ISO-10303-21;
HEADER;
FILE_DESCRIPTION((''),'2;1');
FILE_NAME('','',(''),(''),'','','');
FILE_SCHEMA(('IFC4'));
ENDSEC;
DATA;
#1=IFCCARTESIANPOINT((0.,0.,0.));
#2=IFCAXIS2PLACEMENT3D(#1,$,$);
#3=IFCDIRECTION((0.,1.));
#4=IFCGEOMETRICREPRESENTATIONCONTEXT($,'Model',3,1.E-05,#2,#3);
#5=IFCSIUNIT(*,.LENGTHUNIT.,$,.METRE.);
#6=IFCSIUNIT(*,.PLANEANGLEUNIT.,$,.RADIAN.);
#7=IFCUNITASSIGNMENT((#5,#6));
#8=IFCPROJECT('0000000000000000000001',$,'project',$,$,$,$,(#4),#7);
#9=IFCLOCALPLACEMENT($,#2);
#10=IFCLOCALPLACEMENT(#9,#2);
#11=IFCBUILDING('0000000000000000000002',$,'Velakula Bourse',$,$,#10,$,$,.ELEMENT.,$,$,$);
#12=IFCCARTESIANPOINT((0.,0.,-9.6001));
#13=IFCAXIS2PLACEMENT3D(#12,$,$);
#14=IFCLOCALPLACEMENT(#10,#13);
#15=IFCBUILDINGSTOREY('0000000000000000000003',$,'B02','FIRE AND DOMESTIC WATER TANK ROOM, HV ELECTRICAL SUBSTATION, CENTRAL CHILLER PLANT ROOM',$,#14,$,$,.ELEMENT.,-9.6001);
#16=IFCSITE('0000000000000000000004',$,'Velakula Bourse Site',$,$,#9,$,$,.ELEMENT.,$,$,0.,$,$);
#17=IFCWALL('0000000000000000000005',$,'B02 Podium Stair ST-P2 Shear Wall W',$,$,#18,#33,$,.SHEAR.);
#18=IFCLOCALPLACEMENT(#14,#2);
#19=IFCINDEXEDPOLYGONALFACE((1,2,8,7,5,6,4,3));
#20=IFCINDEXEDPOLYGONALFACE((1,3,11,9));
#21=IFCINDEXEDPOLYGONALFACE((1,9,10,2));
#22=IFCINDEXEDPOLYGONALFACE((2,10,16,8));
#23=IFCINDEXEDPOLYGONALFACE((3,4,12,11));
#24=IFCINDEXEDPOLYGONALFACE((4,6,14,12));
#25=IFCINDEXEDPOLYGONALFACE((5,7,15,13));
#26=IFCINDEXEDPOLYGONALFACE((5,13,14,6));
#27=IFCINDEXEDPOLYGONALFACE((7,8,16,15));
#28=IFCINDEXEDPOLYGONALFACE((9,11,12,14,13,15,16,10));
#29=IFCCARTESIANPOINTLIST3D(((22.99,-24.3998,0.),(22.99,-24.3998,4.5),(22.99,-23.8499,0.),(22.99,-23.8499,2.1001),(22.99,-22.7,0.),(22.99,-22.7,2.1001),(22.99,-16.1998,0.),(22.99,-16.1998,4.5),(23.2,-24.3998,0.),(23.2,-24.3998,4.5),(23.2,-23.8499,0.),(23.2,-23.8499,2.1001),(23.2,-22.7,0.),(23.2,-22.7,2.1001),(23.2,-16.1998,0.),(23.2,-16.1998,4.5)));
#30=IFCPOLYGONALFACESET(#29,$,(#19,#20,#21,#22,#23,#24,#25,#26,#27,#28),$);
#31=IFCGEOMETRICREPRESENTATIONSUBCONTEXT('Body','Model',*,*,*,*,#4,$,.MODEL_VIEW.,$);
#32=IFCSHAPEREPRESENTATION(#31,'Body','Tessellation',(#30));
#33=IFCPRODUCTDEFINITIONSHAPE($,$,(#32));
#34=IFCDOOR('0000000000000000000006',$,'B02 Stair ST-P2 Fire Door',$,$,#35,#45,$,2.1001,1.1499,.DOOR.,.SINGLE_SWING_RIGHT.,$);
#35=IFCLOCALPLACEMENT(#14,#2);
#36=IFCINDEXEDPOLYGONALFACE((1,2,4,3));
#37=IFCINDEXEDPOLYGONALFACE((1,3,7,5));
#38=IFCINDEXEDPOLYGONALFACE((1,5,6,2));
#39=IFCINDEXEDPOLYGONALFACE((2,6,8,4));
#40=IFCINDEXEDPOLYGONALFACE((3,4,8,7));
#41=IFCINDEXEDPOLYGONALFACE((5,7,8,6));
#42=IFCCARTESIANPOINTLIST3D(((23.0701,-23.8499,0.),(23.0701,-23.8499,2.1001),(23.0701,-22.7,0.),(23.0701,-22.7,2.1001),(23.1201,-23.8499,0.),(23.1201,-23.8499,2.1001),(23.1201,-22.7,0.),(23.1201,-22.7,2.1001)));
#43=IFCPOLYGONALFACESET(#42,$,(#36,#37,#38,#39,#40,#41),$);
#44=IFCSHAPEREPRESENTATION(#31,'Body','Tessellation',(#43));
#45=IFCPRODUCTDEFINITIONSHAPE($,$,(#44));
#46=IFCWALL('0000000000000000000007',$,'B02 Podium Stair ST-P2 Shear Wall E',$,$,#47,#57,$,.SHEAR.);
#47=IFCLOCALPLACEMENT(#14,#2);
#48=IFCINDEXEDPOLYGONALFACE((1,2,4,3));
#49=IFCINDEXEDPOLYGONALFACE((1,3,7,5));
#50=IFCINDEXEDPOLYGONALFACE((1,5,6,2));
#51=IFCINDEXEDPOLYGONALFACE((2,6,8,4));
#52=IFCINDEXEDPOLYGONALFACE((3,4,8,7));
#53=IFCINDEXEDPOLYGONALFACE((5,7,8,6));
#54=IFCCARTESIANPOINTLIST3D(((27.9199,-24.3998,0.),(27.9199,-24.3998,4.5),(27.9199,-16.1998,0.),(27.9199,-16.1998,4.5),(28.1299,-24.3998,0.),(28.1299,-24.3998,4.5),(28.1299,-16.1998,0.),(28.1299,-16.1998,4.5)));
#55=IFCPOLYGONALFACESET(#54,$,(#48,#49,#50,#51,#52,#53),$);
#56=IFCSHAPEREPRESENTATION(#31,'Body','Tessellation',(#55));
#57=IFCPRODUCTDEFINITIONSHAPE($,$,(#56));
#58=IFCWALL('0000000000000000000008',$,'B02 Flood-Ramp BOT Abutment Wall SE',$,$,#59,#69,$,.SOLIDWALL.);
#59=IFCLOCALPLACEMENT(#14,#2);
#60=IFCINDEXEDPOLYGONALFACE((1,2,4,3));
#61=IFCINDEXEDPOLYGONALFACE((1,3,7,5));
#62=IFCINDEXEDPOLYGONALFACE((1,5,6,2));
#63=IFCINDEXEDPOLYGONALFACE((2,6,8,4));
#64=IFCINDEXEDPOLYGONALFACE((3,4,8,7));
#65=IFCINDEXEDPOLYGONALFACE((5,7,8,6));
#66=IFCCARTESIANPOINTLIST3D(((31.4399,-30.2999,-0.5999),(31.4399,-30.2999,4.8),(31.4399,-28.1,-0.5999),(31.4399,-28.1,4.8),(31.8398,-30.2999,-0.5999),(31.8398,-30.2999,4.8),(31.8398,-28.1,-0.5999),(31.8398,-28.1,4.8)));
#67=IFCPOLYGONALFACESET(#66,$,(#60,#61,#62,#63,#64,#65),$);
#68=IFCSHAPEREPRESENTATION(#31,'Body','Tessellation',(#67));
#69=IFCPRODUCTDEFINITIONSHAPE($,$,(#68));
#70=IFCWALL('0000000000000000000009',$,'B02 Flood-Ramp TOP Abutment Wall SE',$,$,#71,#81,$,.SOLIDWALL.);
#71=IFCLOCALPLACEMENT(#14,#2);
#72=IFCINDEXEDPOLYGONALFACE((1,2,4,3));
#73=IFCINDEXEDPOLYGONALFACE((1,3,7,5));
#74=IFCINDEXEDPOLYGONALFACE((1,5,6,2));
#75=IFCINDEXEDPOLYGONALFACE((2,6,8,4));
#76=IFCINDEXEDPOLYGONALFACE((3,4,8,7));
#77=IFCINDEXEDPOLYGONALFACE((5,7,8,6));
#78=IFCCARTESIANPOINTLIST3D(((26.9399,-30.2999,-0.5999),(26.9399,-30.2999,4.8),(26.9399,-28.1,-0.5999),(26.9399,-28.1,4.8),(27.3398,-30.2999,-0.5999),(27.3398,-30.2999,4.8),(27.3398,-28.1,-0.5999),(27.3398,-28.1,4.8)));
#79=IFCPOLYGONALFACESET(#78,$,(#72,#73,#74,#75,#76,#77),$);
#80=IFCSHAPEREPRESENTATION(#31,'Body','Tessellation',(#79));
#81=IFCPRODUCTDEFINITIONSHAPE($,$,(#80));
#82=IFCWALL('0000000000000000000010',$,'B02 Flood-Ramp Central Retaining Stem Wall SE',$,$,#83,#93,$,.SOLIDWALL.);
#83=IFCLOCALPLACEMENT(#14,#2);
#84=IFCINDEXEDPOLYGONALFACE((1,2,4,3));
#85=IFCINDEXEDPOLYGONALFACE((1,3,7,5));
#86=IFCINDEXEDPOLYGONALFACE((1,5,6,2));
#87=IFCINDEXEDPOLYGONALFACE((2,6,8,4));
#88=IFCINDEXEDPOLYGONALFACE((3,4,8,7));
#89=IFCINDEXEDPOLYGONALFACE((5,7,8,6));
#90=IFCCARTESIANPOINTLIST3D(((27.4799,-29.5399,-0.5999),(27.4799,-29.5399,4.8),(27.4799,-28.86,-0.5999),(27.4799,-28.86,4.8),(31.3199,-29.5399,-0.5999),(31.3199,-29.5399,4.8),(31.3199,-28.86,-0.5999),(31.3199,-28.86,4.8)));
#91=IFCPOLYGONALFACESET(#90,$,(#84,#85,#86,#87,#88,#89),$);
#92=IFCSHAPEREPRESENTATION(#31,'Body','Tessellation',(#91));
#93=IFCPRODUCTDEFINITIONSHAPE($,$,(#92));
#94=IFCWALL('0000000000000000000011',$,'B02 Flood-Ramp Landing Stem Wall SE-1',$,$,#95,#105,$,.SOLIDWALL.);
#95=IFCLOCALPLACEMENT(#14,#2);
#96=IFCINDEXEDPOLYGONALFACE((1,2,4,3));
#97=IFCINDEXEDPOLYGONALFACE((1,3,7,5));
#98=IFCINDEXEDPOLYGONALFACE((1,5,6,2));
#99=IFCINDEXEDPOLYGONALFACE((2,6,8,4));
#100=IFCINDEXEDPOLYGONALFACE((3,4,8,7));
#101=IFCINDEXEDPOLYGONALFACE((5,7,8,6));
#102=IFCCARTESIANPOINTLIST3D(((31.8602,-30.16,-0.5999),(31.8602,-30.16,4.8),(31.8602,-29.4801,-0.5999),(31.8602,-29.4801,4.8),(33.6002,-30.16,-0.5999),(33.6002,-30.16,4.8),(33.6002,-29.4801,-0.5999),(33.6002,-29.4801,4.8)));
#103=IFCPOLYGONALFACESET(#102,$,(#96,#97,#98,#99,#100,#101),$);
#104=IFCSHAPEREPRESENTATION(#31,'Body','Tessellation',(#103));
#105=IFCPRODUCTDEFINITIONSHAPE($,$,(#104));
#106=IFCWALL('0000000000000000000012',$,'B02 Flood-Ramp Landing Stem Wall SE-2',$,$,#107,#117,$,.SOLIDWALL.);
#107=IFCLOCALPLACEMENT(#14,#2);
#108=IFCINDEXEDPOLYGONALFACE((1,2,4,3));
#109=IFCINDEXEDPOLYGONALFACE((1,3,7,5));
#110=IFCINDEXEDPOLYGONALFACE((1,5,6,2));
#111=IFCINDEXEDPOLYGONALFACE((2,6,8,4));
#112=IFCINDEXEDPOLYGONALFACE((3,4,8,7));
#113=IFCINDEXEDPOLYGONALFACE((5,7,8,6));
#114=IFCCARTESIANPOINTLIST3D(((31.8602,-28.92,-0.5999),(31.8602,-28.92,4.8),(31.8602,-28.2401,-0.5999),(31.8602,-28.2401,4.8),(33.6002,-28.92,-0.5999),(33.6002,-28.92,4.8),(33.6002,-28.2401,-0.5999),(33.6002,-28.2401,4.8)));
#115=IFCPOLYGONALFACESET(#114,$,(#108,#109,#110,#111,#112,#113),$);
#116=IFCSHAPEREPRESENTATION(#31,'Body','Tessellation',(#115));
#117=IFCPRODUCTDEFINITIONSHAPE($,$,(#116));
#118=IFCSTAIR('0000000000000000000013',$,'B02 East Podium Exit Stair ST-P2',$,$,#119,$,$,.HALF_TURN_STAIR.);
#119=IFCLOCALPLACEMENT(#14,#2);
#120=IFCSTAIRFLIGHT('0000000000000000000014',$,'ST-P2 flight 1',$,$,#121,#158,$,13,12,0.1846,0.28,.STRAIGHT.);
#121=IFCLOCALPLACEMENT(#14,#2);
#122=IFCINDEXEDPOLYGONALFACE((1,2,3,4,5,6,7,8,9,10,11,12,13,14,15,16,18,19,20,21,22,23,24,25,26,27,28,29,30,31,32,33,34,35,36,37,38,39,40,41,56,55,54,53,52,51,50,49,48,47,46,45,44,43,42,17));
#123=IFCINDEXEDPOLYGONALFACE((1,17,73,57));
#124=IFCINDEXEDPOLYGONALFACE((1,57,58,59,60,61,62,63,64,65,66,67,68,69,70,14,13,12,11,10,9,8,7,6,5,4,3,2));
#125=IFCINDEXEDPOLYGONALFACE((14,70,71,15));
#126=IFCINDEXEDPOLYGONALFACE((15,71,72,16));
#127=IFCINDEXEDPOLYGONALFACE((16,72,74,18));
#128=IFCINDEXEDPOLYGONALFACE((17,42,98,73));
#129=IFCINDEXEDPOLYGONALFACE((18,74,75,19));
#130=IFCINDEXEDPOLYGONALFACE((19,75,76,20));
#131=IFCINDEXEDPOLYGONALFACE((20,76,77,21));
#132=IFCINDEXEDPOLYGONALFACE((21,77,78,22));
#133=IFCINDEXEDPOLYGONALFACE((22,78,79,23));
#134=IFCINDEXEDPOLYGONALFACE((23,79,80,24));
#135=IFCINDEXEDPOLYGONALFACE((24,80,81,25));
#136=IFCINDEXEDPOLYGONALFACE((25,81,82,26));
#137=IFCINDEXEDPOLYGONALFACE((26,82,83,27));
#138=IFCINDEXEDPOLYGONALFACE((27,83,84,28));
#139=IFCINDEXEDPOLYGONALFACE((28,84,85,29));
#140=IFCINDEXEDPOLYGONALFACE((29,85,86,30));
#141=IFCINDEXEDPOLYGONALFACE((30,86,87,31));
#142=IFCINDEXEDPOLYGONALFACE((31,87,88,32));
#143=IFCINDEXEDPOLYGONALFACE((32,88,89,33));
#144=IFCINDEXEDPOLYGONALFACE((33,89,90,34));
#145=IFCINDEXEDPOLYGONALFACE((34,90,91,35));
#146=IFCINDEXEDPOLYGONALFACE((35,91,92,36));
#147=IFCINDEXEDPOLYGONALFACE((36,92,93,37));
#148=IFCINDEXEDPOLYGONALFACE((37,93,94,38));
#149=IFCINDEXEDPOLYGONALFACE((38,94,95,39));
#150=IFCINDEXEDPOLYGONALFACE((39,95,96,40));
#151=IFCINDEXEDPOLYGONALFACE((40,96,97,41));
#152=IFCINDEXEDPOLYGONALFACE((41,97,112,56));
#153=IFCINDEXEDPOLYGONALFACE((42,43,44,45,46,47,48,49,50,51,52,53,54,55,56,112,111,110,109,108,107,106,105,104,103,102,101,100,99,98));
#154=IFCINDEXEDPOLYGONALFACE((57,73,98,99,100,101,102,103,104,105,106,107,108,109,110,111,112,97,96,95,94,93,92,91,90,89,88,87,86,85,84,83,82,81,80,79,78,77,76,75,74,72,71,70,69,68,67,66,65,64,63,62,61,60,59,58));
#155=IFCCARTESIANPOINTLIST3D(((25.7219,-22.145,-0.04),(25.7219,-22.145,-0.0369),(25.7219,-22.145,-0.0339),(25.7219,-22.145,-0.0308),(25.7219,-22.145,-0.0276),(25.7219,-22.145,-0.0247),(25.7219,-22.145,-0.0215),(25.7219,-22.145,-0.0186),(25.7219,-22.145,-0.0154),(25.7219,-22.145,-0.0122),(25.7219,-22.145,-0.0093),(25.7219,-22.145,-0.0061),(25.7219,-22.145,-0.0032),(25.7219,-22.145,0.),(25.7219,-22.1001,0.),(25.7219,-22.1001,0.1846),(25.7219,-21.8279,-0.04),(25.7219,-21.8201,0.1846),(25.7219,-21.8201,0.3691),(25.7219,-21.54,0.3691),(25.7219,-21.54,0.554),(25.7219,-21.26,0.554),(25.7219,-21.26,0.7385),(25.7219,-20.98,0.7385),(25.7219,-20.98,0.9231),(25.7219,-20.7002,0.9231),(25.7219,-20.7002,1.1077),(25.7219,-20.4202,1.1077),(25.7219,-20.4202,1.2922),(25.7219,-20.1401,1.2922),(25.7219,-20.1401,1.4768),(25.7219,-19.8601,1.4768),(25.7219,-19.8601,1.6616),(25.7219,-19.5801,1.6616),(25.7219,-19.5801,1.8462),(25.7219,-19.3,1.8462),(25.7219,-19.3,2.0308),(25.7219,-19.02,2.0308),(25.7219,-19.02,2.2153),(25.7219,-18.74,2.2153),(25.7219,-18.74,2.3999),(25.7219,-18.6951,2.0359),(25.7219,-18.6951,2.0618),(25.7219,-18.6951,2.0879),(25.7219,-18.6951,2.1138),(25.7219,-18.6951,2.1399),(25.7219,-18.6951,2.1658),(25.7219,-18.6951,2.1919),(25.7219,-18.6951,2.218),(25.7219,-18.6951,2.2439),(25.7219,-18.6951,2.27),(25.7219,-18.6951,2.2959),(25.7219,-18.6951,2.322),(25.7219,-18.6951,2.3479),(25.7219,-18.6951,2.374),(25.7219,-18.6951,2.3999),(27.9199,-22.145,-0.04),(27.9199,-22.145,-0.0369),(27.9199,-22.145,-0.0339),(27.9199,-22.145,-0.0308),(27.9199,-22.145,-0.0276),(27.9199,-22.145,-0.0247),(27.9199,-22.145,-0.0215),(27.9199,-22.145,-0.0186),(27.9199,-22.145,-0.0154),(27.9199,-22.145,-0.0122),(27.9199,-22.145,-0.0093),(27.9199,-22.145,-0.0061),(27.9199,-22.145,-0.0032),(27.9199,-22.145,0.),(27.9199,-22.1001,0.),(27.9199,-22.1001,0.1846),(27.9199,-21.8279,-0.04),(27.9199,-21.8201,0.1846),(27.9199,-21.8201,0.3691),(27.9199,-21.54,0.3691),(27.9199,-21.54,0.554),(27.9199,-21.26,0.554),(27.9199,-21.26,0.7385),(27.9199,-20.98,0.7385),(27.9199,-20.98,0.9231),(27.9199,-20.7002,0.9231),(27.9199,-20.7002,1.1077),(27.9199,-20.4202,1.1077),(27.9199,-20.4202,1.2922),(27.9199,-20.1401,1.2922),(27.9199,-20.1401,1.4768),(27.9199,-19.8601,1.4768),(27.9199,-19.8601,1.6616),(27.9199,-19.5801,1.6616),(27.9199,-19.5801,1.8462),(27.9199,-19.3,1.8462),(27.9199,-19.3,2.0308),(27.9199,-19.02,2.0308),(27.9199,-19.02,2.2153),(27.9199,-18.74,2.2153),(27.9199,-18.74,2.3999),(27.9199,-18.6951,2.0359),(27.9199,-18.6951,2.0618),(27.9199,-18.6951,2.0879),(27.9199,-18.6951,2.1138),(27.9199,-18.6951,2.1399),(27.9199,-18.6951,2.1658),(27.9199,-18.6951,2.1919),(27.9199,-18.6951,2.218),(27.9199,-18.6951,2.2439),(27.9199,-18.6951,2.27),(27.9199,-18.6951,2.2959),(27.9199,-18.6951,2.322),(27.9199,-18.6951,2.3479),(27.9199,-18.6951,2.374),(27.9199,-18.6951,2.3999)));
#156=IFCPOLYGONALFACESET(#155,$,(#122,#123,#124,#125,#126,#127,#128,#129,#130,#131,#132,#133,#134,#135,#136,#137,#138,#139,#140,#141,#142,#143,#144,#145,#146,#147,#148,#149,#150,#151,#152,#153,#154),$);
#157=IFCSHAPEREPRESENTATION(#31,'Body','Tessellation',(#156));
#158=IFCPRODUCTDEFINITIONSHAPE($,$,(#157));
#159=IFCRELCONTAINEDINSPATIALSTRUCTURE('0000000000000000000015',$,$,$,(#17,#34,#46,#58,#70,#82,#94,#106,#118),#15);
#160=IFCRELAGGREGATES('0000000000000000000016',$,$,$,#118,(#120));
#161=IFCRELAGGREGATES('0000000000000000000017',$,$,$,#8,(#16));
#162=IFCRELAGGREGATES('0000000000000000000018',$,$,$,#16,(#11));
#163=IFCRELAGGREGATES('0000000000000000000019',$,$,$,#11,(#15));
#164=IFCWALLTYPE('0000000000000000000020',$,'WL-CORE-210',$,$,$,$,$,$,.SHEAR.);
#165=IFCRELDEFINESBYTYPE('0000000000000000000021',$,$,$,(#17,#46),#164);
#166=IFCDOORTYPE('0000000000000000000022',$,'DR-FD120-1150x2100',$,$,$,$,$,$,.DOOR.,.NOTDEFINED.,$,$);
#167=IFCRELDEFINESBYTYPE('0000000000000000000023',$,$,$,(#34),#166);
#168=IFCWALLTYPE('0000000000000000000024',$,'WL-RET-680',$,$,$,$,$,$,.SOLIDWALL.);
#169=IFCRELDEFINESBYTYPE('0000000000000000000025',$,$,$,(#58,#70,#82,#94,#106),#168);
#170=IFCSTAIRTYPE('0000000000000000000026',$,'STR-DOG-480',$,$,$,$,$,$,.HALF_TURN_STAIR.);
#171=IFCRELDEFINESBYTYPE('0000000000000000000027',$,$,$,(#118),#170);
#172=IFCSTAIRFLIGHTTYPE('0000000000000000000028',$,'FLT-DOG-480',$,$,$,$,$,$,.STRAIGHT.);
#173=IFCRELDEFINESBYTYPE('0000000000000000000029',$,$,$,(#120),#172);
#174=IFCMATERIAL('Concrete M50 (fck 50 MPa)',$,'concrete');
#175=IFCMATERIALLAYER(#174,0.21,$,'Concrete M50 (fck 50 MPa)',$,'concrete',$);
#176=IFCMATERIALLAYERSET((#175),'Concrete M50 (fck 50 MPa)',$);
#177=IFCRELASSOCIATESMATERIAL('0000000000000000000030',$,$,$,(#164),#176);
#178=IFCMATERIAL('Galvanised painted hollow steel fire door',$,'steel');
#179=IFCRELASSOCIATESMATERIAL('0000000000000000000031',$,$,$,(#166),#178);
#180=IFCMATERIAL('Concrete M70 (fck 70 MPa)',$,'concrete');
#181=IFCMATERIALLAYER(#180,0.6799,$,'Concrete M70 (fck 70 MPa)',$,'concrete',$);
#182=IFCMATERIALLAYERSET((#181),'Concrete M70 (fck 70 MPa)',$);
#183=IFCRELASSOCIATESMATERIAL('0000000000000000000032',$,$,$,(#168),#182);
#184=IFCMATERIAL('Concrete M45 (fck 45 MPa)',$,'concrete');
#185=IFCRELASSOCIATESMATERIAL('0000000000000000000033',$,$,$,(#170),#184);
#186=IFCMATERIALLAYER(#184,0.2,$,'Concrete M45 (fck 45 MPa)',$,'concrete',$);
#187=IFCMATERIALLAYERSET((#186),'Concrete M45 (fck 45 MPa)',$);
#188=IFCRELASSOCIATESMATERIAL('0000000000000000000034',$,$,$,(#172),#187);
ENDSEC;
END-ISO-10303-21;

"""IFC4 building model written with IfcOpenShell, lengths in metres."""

from ifc_helpers import new_model, si_unit, direction, frame, frame_2d, origin, place, context, subcontext, project, spatial, polyline, rectangle, outline, extrude, material, layer, layer_set, type_object, element, fill, aggregate, save


model = new_model("IFC4")

# Units and contexts
model_context = context("Model", 3, precision=1e-05, world=origin(), true_north=direction((0.0, 1.0)))
body_context = subcontext(model_context, "Body", "Model", "MODEL_VIEW")
ifc_project = project(units=[si_unit("LENGTHUNIT", "METRE"), si_unit("PLANEANGLEUNIT", "RADIAN")], contexts=[model_context])

# Site, building, storey
site_placement = place(None, origin())
site = spatial("IfcSite", under=ifc_project, at=site_placement, Name="Velakula Bourse Site", CompositionType="ELEMENT", RefElevation=0.0)
building_placement = place(site_placement, origin())
building = spatial("IfcBuilding", under=site, at=building_placement, Name="Velakula Bourse", CompositionType="ELEMENT")
storey_placement = place(building_placement, frame((0.0, 0.0, -9.6001)))
storey = spatial("IfcBuildingStorey", under=building, at=storey_placement, Name="B02", Description="FIRE AND DOMESTIC WATER TANK ROOM, HV ELECTRICAL SUBSTATION, CENTRAL CHILLER PLANT ROOM", CompositionType="ELEMENT", Elevation=-9.6001)

# Shared definitions
ifc_material_1 = material(Name="Concrete M50 (fck 50 MPa)", Category="concrete")

# Shared definitions
ifc_material_2 = material(Name="Concrete M70 (fck 70 MPa)", Category="concrete")

# Shared definitions
ifc_layer_1 = layer(ifc_material_1, 0.21, Name="Concrete M50 (fck 50 MPa)", Category="concrete")
ifc_layer_set_1 = layer_set([ifc_layer_1], Name="Concrete M50 (fck 50 MPa)")
wall_type_1 = type_object("IfcWallType", Name="WL-CORE-210", PredefinedType="SHEAR", material=ifc_layer_set_1)

# Wall, opening, door
wall_1_placement = place(storey_placement, frame((23.095, -24.3999, 0.0), z_axis=(0.0, 0.0, 1.0), x_axis=(0.0, 1.0, 0.0)))
wall_1 = element("IfcWall", 1, at=wall_1_placement, inside=storey, type_object=wall_type_1, Name="B02 Podium Stair ST-P2 Shear Wall W", PredefinedType="SHEAR", context=body_context, shape_type="SweptSolid", body=[
    extrude(rectangle(XDim=8.2, YDim=0.21, at=frame_2d((4.1001, 0.0))), origin(), (0.0, 0.0, 1.0), 4.5),
])
opening_placement = place(wall_1_placement, frame((0.55, 0.0, 0.0)))
opening = element("IfcOpeningElement", 2, at=opening_placement, cuts=wall_1, PredefinedType="OPENING", context=body_context, shape_type="SweptSolid", body=[
    extrude(rectangle(XDim=1.1499, YDim=2.1001, at=frame_2d((0.575, 1.05))), frame((0.0, 0.115, 0.0), z_axis=(0.0, -1.0, 0.0), x_axis=(1.0, 0.0, 0.0)), (0.0, 0.0, 1.0), 0.23),
])
ifc_material_3 = material(Name="Galvanised painted hollow steel fire door", Category="steel")
door_type = type_object("IfcDoorType", Name="DR-FD120-1150x2100", OperationType="NOTDEFINED", PredefinedType="DOOR", material=ifc_material_3)
door_placement = place(opening_placement, origin())
door = element("IfcDoor", 3, at=door_placement, inside=storey, type_object=door_type, Name="B02 Stair ST-P2 Fire Door", OperationType="SINGLE_SWING_RIGHT", OverallHeight=2.1001, OverallWidth=1.1499, PredefinedType="DOOR", context=body_context, shape_type="SweptSolid", body=[
    extrude(rectangle(XDim=1.1499, YDim=2.1001, at=frame_2d((0.575, 1.05))), frame((0.0, 0.0249, 0.0), z_axis=(0.0, -1.0, 0.0), x_axis=(1.0, 0.0, 0.0)), (0.0, 0.0, 1.0), 0.05),
])
fill(opening, door)

# Walls
wall_2_placement = place(storey_placement, frame((28.0249, -24.3999, 0.0), z_axis=(0.0, 0.0, 1.0), x_axis=(0.0, 1.0, 0.0)))
element("IfcWall", 4, at=wall_2_placement, inside=storey, type_object=wall_type_1, Name="B02 Podium Stair ST-P2 Shear Wall E", PredefinedType="SHEAR", context=body_context, shape_type="SweptSolid", body=[
    extrude(rectangle(XDim=8.2, YDim=0.21, at=frame_2d((4.1001, 0.0))), origin(), (0.0, 0.0, 1.0), 4.5),
])
ifc_layer_2 = layer(ifc_material_2, 0.6799, Name="Concrete M70 (fck 70 MPa)", Category="concrete")
ifc_layer_set_2 = layer_set([ifc_layer_2], Name="Concrete M70 (fck 70 MPa)")
wall_type_2 = type_object("IfcWallType", Name="WL-RET-680", PredefinedType="SOLIDWALL", material=ifc_layer_set_2)
for number, where, z_axis, x_axis, name in (
    (5, (31.6399, -30.3, -0.5999), (0.0, 0.0, 1.0), (0.0, 1.0, 0.0), "B02 Flood-Ramp BOT Abutment Wall SE"),
    (6, (27.1399, -30.3, -0.5999), (0.0, 0.0, 1.0), (0.0, 1.0, 0.0), "B02 Flood-Ramp TOP Abutment Wall SE"),
):
    element("IfcWall", number, at=place(storey_placement, frame(where, z_axis=z_axis, x_axis=x_axis)), inside=storey, type_object=wall_type_2, Name=name, PredefinedType="SOLIDWALL", context=body_context, shape_type="SweptSolid", body=[
        extrude(rectangle(XDim=2.2, YDim=0.3999, at=frame_2d((1.1001, 0.0))), origin(), (0.0, 0.0, 1.0), 5.3999),
    ])
wall_3_placement = place(storey_placement, frame((27.48, -29.2, -0.5999), z_axis=(0.0, 0.0, 1.0), x_axis=(1.0, 0.0, 0.0)))
element("IfcWall", 7, at=wall_3_placement, inside=storey, type_object=wall_type_2, Name="B02 Flood-Ramp Central Retaining Stem Wall SE", PredefinedType="SOLIDWALL", context=body_context, shape_type="SweptSolid", body=[
    extrude(rectangle(XDim=3.8401, YDim=0.6799, at=frame_2d((1.9199, 0.0))), origin(), (0.0, 0.0, 1.0), 5.3999),
])
for number, where, z_axis, x_axis, name in (
    (8, (31.8601, -29.8201, -0.5999), (0.0, 0.0, 1.0), (1.0, 0.0, 0.0), "B02 Flood-Ramp Landing Stem Wall SE-1"),
    (9, (31.8601, -28.5801, -0.5999), (0.0, 0.0, 1.0), (1.0, 0.0, 0.0), "B02 Flood-Ramp Landing Stem Wall SE-2"),
):
    element("IfcWall", number, at=place(storey_placement, frame(where, z_axis=z_axis, x_axis=x_axis)), inside=storey, type_object=wall_type_2, Name=name, PredefinedType="SOLIDWALL", context=body_context, shape_type="SweptSolid", body=[
        extrude(rectangle(XDim=1.74, YDim=0.6799, at=frame_2d((0.8701, 0.0))), origin(), (0.0, 0.0, 1.0), 5.3999),
    ])

# Stair, stair flight
ifc_material_4 = material(Name="Concrete M45 (fck 45 MPa)", Category="concrete")
stair_type = type_object("IfcStairType", Name="STR-DOG-480", PredefinedType="HALF_TURN_STAIR", material=ifc_material_4)
stair_placement = place(storey_placement, origin())
stair = element("IfcStair", 10, at=stair_placement, inside=storey, type_object=stair_type, Name="B02 East Podium Exit Stair ST-P2", PredefinedType="HALF_TURN_STAIR")
ifc_layer_3 = layer(ifc_material_4, 0.2, Name="Concrete M45 (fck 45 MPa)", Category="concrete")
ifc_layer_set_3 = layer_set([ifc_layer_3], Name="Concrete M45 (fck 45 MPa)")
stair_flight_type = type_object("IfcStairFlightType", Name="FLT-DOG-480", PredefinedType="STRAIGHT", material=ifc_layer_set_3)
stair_flight_1_placement = place(storey_placement, frame((26.821, -22.1001, 0.0), z_axis=(0.0, 0.0, 1.0), x_axis=(0.0, 1.0, 0.0)))
stair_flight_1 = element("IfcStairFlight", 11, at=stair_flight_1_placement, type_object=stair_flight_type, Name="ST-P2 flight 1", NumberOfRisers=13, NumberOfTreads=12, PredefinedType="STRAIGHT", RiserHeight=0.1846, TreadLength=0.28, context=body_context, shape_type="SweptSolid", body=[
    extrude(outline(polyline([(-0.0449, -0.04), (-0.0449, -0.0369), (-0.0449, -0.0339), (-0.0449, -0.0308), (-0.0449, -0.0276), (-0.0449, -0.0247), (-0.0449, -0.0215), (-0.0449, -0.0186), (-0.0449, -0.0154), (-0.0449, -0.0122), (-0.0449, -0.0093), (-0.0449, -0.0061), (-0.0449, -0.0032), (-0.0449, 0.0), (0.0, 0.0), (0.0, 0.1846), (0.28, 0.1846), (0.28, 0.3691), (0.5601, 0.3691), (0.5601, 0.554), (0.8401, 0.554), (0.8401, 0.7385), (1.1201, 0.7385), (1.1201, 0.9231), (1.3999, 0.9231), (1.3999, 1.1077), (1.6799, 1.1077), (1.6799, 1.2922), (1.96, 1.2922), (1.96, 1.4768), (2.24, 1.4768), (2.24, 1.6616), (2.52, 1.6616), (2.52, 1.8462), (2.8, 1.8462), (2.8, 2.0308), (3.0801, 2.0308), (3.0801, 2.2153), (3.3601, 2.2153), (3.3601, 2.3999), (3.405, 2.3999), (3.405, 2.374), (3.405, 2.3479), (3.405, 2.322), (3.405, 2.2959), (3.405, 2.27), (3.405, 2.2439), (3.405, 2.218), (3.405, 2.1919), (3.405, 2.1658), (3.405, 2.1399), (3.405, 2.1138), (3.405, 2.0879), (3.405, 2.0618), (3.405, 2.0359), (0.2722, -0.04), (-0.0449, -0.04)])), frame((0.0, 1.0991, 0.0), z_axis=(0.0, -1.0, 0.0), x_axis=(1.0, 0.0, 0.0)), (0.0, 0.0, 1.0), 2.198),
])
aggregate(stair, [stair_flight_1])

save(model, "model.ifc")
